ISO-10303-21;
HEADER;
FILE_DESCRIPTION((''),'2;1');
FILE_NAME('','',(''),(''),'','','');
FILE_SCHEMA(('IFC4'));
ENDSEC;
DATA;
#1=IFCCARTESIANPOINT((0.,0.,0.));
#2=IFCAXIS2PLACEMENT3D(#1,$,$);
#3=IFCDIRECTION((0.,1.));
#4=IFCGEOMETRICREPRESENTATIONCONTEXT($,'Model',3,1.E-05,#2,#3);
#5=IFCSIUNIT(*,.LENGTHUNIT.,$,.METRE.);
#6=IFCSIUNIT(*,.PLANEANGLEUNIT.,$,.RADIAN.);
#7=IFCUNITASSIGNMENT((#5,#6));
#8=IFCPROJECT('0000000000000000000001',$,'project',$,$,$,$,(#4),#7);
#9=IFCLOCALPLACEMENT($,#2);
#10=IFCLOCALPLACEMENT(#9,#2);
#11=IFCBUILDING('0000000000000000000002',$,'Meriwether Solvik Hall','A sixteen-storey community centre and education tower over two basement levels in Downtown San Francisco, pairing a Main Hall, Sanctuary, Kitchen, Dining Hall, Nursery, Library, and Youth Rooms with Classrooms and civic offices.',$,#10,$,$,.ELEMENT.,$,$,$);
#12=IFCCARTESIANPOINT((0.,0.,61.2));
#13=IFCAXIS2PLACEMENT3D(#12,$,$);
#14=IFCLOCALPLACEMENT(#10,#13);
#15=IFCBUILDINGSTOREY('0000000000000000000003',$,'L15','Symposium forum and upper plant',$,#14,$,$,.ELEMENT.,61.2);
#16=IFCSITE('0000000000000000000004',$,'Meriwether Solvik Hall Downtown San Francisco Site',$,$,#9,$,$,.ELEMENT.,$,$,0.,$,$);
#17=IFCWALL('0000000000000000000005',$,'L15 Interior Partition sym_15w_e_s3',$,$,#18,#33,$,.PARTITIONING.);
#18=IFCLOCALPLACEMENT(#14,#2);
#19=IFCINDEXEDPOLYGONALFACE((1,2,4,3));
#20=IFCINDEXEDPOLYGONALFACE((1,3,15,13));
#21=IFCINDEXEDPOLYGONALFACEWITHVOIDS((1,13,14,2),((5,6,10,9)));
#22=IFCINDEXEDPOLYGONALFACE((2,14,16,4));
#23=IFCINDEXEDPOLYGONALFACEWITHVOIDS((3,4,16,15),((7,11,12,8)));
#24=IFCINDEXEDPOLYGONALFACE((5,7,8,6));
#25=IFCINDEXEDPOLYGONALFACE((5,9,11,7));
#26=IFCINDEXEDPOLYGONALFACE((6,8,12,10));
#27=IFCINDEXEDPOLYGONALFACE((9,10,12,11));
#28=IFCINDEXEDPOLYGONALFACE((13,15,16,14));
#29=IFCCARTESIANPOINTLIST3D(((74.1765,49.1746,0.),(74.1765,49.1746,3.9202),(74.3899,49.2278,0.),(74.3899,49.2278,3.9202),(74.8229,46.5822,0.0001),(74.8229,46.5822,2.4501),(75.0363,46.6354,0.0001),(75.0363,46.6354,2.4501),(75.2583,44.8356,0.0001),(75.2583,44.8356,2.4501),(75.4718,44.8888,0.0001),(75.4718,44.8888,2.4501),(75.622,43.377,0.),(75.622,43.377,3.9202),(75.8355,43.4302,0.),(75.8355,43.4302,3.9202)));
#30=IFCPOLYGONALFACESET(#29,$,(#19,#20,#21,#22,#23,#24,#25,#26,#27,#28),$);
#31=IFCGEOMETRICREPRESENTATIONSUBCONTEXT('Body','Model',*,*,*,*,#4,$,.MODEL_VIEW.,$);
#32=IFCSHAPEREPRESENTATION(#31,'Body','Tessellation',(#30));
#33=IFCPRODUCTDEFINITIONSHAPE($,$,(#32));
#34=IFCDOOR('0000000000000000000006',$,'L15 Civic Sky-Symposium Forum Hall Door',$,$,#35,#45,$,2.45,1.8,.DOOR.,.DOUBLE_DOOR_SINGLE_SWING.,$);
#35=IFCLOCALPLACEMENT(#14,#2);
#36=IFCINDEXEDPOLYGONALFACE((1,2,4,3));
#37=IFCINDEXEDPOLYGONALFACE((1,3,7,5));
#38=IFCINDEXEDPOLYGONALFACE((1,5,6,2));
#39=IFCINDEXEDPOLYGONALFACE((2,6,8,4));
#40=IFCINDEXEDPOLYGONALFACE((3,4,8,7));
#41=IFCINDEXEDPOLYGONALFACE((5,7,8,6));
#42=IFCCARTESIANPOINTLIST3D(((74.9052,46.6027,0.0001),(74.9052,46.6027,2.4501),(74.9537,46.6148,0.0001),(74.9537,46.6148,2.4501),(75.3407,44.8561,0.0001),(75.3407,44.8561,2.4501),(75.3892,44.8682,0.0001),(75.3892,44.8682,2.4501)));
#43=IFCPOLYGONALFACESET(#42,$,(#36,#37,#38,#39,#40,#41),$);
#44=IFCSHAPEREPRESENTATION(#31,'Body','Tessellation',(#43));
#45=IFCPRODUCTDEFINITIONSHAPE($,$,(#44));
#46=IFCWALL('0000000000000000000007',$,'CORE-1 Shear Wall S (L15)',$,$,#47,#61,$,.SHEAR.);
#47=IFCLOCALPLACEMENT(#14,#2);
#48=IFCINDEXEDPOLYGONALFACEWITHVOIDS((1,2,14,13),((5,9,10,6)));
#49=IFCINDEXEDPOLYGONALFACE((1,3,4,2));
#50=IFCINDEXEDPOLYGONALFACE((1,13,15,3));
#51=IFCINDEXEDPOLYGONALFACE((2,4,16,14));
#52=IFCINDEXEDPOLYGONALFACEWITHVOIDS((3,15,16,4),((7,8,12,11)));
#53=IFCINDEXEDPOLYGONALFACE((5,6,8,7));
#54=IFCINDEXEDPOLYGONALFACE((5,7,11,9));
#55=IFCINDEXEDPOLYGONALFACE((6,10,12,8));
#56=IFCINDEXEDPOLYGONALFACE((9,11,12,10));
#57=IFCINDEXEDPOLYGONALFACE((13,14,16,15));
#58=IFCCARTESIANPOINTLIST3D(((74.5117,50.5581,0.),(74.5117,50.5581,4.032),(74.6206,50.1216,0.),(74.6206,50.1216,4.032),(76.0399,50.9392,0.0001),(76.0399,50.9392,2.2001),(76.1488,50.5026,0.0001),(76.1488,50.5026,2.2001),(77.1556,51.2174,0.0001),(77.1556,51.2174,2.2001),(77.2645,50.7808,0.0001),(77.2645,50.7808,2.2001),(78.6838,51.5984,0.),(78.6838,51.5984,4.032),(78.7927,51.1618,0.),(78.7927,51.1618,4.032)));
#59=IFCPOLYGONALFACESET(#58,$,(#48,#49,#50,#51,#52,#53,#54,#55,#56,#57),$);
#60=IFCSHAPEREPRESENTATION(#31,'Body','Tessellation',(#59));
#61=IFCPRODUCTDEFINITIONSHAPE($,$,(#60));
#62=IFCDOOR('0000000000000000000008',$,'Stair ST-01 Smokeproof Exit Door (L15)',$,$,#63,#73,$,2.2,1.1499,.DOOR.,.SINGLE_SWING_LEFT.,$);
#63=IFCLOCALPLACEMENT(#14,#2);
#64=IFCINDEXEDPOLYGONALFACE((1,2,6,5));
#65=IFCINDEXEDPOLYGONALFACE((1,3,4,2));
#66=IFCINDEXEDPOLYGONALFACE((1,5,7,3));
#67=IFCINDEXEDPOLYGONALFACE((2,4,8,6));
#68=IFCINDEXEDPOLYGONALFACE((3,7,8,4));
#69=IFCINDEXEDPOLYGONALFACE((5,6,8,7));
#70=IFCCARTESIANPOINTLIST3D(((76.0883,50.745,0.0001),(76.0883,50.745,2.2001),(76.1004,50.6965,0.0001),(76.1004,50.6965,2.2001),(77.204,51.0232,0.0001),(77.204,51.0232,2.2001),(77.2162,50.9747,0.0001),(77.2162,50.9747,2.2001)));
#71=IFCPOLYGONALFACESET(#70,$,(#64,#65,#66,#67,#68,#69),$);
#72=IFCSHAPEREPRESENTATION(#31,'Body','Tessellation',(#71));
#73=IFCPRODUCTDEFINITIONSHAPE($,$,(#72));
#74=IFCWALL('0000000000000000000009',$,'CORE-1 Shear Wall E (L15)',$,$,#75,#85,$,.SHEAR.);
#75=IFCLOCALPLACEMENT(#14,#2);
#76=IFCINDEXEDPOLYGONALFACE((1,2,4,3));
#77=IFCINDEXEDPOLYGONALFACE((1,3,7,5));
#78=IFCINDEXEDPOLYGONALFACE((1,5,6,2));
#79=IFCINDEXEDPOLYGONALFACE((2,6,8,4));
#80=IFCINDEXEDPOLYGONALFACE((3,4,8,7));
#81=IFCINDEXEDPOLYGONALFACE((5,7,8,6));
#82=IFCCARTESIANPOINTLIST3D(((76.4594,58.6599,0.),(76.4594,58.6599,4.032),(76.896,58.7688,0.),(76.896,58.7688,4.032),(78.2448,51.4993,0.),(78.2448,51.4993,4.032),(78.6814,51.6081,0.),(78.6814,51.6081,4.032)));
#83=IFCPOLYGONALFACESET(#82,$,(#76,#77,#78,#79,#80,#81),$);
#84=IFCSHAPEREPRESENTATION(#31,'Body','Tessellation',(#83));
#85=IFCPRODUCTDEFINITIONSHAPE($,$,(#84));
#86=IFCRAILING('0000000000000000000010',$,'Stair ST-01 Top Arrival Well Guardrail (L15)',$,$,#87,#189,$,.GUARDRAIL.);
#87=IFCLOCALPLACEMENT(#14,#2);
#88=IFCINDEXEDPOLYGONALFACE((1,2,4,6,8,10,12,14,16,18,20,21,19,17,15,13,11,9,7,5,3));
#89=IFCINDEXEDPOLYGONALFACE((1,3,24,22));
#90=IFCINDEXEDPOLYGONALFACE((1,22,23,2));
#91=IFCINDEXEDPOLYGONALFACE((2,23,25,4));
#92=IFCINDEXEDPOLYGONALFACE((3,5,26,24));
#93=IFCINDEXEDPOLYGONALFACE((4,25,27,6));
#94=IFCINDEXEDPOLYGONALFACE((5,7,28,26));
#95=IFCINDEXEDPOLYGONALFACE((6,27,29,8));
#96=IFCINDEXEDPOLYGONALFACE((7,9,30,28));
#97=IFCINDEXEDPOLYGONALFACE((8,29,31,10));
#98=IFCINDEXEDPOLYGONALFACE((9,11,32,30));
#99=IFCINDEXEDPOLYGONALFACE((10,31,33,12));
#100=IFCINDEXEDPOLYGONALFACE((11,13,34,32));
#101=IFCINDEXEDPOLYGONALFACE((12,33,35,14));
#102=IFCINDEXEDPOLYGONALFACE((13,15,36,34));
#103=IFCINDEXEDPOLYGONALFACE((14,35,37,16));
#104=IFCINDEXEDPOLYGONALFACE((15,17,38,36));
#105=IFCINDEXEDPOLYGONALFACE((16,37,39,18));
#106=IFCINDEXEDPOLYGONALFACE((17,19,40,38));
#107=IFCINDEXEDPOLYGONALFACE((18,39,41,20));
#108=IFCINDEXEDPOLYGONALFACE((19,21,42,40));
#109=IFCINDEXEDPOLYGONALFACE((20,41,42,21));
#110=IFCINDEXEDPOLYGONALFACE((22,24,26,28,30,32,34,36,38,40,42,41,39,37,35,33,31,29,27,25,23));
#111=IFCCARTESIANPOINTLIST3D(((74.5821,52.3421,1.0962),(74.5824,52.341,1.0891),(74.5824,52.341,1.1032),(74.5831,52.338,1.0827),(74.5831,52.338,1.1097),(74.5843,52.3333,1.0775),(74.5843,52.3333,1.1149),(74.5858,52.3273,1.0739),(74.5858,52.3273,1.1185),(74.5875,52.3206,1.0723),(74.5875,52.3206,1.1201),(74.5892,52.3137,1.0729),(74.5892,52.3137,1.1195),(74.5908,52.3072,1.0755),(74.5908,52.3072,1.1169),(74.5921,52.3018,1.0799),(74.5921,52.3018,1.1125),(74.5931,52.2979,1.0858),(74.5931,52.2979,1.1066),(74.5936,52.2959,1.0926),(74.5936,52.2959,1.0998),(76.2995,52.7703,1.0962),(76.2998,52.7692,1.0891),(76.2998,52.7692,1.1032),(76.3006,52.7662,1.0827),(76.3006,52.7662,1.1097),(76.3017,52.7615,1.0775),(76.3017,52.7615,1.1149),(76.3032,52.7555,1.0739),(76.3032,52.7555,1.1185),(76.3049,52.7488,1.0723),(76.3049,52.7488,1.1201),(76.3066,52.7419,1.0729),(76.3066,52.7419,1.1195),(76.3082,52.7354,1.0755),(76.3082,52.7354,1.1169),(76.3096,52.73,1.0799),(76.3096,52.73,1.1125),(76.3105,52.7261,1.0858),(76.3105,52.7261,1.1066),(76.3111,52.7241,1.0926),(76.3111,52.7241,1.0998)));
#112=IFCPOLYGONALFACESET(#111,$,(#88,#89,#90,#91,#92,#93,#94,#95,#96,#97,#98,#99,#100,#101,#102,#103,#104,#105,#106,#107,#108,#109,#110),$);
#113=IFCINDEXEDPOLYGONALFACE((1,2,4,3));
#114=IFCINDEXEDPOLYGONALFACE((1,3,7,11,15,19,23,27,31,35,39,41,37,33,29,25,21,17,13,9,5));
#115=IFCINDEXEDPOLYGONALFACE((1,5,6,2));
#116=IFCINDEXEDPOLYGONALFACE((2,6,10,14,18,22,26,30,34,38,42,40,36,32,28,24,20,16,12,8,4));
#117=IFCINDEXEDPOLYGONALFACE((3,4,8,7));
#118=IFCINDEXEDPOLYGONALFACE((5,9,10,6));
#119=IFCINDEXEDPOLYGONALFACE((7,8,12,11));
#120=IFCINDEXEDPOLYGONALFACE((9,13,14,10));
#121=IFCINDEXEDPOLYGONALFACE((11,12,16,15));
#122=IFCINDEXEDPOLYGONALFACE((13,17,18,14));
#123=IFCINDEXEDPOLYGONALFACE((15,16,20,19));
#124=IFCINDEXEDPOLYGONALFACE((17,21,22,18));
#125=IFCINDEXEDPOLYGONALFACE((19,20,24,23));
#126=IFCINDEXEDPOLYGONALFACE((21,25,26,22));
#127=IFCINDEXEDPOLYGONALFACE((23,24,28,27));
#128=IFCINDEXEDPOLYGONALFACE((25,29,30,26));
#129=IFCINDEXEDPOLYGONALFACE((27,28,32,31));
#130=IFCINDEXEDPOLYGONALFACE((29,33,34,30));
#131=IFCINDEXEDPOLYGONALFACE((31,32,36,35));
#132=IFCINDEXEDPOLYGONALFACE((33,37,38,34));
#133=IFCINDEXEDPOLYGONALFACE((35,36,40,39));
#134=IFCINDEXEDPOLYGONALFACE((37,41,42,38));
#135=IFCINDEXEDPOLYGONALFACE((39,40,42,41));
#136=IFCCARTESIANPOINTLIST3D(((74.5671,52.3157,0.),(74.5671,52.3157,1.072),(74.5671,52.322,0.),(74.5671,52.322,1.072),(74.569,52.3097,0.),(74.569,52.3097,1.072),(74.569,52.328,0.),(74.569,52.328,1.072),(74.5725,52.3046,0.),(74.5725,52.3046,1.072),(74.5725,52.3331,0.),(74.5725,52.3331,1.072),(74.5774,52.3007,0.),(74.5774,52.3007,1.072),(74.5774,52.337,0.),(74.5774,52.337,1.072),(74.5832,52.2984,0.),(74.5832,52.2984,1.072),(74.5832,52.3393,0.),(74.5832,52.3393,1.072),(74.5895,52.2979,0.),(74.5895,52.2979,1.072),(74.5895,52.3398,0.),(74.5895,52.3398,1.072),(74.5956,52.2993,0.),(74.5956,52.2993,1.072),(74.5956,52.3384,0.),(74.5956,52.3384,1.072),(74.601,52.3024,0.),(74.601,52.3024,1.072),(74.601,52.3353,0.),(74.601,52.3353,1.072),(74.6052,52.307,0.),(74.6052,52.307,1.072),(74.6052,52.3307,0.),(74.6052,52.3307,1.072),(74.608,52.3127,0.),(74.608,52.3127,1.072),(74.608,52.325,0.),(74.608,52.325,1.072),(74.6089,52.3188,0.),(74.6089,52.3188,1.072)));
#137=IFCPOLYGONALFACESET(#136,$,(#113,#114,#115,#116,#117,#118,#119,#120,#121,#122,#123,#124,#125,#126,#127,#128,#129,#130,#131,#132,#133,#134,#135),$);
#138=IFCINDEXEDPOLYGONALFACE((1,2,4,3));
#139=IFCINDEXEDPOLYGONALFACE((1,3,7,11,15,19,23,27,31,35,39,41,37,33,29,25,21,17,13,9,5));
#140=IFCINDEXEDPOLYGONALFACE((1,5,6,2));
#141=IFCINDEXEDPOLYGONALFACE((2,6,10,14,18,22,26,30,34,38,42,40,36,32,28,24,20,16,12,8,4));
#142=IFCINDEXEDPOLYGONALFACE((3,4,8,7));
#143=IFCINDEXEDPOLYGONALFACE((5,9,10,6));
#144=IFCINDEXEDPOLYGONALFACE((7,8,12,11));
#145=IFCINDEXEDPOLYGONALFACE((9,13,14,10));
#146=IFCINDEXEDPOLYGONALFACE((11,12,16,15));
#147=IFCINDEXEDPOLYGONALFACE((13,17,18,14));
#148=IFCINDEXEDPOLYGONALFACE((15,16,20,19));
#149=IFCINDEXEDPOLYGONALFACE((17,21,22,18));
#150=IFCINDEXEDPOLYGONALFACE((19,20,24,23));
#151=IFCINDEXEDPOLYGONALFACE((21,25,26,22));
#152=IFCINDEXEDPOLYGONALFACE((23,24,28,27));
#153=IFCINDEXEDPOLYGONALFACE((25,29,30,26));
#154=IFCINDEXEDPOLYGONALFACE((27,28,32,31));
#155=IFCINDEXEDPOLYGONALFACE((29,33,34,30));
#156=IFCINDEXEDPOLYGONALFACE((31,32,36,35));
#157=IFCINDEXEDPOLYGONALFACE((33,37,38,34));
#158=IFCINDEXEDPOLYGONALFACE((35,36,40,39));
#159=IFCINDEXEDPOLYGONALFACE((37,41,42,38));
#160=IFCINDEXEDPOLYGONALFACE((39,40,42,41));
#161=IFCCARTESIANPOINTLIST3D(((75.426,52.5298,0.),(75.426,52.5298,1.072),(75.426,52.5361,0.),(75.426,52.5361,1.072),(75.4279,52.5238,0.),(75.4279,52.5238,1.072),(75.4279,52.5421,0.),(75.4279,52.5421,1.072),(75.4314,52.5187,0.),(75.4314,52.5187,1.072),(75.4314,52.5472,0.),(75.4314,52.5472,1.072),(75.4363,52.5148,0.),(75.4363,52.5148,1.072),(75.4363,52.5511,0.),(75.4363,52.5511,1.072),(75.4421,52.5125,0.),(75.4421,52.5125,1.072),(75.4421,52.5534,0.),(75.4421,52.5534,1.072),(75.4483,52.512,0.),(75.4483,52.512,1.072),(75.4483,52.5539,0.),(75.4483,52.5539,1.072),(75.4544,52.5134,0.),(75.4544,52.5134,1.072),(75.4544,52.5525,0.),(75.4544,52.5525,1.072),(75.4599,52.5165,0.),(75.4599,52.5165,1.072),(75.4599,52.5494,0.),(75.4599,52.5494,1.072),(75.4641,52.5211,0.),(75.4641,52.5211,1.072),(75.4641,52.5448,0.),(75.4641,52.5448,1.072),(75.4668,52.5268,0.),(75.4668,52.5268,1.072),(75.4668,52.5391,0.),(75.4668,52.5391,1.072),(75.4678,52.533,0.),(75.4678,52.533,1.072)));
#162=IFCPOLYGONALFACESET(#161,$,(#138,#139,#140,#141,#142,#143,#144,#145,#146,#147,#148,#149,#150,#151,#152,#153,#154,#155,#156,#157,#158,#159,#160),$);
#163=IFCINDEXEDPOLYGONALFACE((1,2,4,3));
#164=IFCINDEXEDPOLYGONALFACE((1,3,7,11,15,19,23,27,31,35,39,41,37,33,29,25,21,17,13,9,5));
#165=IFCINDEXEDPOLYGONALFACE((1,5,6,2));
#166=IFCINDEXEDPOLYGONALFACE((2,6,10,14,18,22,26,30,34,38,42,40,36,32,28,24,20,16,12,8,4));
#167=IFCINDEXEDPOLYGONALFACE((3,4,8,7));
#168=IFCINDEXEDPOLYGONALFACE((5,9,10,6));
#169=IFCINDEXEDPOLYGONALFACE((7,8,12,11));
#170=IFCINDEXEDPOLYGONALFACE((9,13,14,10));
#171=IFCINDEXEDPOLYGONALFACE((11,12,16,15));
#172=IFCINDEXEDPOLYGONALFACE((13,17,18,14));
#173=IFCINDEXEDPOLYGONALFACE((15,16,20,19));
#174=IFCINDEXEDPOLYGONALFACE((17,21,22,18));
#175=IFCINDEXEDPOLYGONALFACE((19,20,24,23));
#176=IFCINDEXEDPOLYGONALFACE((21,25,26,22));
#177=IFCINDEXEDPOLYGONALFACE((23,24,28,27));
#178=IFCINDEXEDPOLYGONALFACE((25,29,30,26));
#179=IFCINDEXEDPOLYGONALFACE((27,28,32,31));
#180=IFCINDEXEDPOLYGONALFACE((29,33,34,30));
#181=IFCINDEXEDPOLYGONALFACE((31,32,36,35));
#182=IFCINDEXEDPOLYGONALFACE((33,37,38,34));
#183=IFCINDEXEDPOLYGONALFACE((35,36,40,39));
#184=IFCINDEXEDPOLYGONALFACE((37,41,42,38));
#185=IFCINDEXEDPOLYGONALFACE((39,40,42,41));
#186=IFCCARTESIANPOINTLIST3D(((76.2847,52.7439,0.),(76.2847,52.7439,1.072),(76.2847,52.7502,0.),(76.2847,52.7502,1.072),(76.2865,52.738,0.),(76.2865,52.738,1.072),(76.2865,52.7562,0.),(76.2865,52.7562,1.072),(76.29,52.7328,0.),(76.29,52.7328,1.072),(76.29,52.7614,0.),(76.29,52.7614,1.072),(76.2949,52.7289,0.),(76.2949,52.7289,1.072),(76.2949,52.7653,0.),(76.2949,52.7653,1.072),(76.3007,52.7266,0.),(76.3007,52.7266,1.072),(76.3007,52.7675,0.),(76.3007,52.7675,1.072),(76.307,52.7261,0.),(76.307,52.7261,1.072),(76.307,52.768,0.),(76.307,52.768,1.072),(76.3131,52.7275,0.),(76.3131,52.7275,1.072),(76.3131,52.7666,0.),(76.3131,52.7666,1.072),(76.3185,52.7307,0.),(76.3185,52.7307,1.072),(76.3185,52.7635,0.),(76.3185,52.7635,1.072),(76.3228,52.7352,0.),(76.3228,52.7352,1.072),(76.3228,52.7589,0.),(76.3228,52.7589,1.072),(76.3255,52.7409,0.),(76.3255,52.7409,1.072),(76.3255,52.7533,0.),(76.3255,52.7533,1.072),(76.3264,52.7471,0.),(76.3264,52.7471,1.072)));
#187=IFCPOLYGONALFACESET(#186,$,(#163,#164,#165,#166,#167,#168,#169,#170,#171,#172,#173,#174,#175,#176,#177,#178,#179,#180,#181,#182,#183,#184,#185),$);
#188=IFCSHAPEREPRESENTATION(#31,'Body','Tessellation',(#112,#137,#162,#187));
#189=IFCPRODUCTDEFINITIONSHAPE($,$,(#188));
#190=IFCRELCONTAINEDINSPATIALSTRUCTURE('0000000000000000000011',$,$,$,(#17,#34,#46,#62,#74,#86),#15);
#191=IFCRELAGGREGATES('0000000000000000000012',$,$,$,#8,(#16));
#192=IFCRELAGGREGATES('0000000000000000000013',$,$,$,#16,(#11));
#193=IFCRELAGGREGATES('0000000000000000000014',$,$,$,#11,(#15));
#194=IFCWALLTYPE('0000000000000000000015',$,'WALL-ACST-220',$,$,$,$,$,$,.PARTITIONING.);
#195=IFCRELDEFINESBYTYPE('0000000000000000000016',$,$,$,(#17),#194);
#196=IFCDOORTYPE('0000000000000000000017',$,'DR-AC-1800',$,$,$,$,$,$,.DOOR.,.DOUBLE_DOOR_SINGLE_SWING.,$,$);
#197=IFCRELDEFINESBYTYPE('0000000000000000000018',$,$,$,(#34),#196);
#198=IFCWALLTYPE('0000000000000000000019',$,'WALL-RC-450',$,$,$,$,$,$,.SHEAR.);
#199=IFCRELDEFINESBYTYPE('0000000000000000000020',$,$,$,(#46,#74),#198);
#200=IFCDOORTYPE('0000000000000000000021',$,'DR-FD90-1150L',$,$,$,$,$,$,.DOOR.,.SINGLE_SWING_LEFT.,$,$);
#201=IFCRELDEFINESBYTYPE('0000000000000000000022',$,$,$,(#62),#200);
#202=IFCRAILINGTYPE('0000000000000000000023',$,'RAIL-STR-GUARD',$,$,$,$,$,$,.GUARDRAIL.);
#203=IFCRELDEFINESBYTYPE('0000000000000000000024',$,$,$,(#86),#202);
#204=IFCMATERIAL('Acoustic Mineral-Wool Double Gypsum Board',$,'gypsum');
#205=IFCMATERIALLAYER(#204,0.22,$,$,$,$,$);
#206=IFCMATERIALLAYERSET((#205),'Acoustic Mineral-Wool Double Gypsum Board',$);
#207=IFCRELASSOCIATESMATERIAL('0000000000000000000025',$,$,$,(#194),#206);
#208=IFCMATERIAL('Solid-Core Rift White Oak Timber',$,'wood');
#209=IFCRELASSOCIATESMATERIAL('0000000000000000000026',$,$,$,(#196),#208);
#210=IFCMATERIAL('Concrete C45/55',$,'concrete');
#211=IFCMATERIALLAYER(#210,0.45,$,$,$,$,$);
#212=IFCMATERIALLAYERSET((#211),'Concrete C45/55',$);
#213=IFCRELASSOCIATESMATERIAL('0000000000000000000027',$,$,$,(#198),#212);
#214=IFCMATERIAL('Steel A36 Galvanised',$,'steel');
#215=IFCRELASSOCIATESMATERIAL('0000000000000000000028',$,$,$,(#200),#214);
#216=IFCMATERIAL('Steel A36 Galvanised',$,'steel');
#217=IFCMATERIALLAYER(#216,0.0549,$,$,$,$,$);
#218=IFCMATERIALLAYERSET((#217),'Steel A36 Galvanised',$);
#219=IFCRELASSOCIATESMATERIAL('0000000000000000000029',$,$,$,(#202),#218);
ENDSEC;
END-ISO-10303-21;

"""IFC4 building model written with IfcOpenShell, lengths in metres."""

from ifc_helpers import new_model, si_unit, direction, frame, frame_2d, origin, origin_2d, place, context, subcontext, project, spatial, rectangle, circle, extrude, material, layer, layer_set, type_object, element, fill, save


model = new_model("IFC4")

# Units and contexts
model_context = context("Model", 3, precision=1e-05, world=origin(), true_north=direction((0.0, 1.0)))
body_context = subcontext(model_context, "Body", "Model", "MODEL_VIEW")
ifc_project = project(units=[si_unit("LENGTHUNIT", "METRE"), si_unit("PLANEANGLEUNIT", "RADIAN")], contexts=[model_context])

# Site, building, storey
site_placement = place(None, origin())
site = spatial("IfcSite", under=ifc_project, at=site_placement, Name="Meriwether Solvik Hall Downtown San Francisco Site", CompositionType="ELEMENT", RefElevation=0.0)
building_placement = place(site_placement, origin())
building = spatial("IfcBuilding", under=site, at=building_placement, Name="Meriwether Solvik Hall", Description="A sixteen-storey community centre and education tower over two basement levels in Downtown San Francisco, pairing a Main Hall, Sanctuary, Kitchen, Dining Hall, Nursery, Library, and Youth Rooms with Classrooms and civic offices.", CompositionType="ELEMENT")
storey_placement = place(building_placement, frame((0.0, 0.0, 61.2)))
storey = spatial("IfcBuildingStorey", under=building, at=storey_placement, Name="L15", Description="Symposium forum and upper plant", CompositionType="ELEMENT", Elevation=61.2)

# Walls, openings, doors
ifc_material_1 = material(Name="Acoustic Mineral-Wool Double Gypsum Board", Category="gypsum")
ifc_layer_1 = layer(ifc_material_1, 0.22)
ifc_layer_set_1 = layer_set([ifc_layer_1], Name="Acoustic Mineral-Wool Double Gypsum Board")
wall_type_1 = type_object("IfcWallType", Name="WALL-ACST-220", PredefinedType="PARTITIONING", material=ifc_layer_set_1)
wall_1_placement = place(storey_placement, frame((74.2832, 49.2012, 0.0), z_axis=(0.0, 0.0, 1.0), x_axis=(0.24193, -0.970294, 0.0)))
wall_1 = element("IfcWall", 1, at=wall_1_placement, inside=storey, type_object=wall_type_1, Name="L15 Interior Partition sym_15w_e_s3", PredefinedType="PARTITIONING", context=body_context, shape_type="SweptSolid", body=[
    extrude(rectangle(XDim=5.9751, YDim=0.22, at=frame_2d((2.9875, 0.0))), origin(), (0.0, 0.0, 1.0), 3.9202),
])
opening_1_placement = place(wall_1_placement, frame((2.6719, 0.0, 0.0)))
opening_1 = element("IfcOpeningElement", 2, at=opening_1_placement, cuts=wall_1, PredefinedType="OPENING", context=body_context, shape_type="SweptSolid", body=[
    extrude(rectangle(XDim=1.8, YDim=2.45, at=frame_2d((0.8999, 1.2251))), frame((0.0, 0.1221, 0.0), z_axis=(0.0, -1.0, 0.0), x_axis=(1.0, 0.0, 0.0)), (0.0, 0.0, 1.0), 0.2439),
])
ifc_material_2 = material(Name="Solid-Core Rift White Oak Timber", Category="wood")
door_type_1 = type_object("IfcDoorType", Name="DR-AC-1800", OperationType="DOUBLE_DOOR_SINGLE_SWING", PredefinedType="DOOR", material=ifc_material_2)
door_1_placement = place(opening_1_placement, origin())
door_1 = element("IfcDoor", 3, at=door_1_placement, inside=storey, type_object=door_type_1, Name="L15 Civic Sky-Symposium Forum Hall Door", OperationType="DOUBLE_DOOR_SINGLE_SWING", OverallHeight=2.45, OverallWidth=1.8, PredefinedType="DOOR", context=body_context, shape_type="SweptSolid", body=[
    extrude(rectangle(XDim=1.8, YDim=2.45, at=frame_2d((0.8999, 1.2251))), frame((0.0, 0.0249, 0.0), z_axis=(0.0, -1.0, 0.0), x_axis=(1.0, 0.0, 0.0)), (0.0, 0.0, 1.0), 0.05),
])
fill(opening_1, door_1)
ifc_material_3 = material(Name="Concrete C45/55", Category="concrete")
ifc_layer_2 = layer(ifc_material_3, 0.45)
ifc_layer_set_2 = layer_set([ifc_layer_2], Name="Concrete C45/55")
wall_type_2 = type_object("IfcWallType", Name="WALL-RC-450", PredefinedType="SHEAR", material=ifc_layer_set_2)
wall_2_placement = place(storey_placement, frame((74.5662, 50.3398, 0.0), z_axis=(0.0, 0.0, 1.0), x_axis=(0.970293, 0.241934, 0.0)))
wall_2 = element("IfcWall", 4, at=wall_2_placement, inside=storey, type_object=wall_type_2, Name="CORE-1 Shear Wall S (L15)", PredefinedType="SHEAR", context=body_context, shape_type="SweptSolid", body=[
    extrude(rectangle(XDim=4.2998, YDim=0.45, at=frame_2d((2.1499, 0.0))), origin(), (0.0, 0.0, 1.0), 4.032),
])
opening_2_placement = place(wall_2_placement, frame((1.575, 0.0, 0.0)))
opening_2 = element("IfcOpeningElement", 5, at=opening_2_placement, cuts=wall_2, PredefinedType="OPENING", context=body_context, shape_type="SweptSolid", body=[
    extrude(rectangle(XDim=1.1499, YDim=2.2, at=frame_2d((0.575, 1.1001))), frame((0.0, 0.2368, 0.0), z_axis=(0.0, -1.0, 0.0), x_axis=(1.0, 0.0, 0.0)), (0.0, 0.0, 1.0), 0.4739),
])
ifc_material_4 = material(Name="Steel A36 Galvanised", Category="steel")
door_type_2 = type_object("IfcDoorType", Name="DR-FD90-1150L", OperationType="SINGLE_SWING_LEFT", PredefinedType="DOOR", material=ifc_material_4)
door_2_placement = place(opening_2_placement, origin())
door_2 = element("IfcDoor", 6, at=door_2_placement, inside=storey, type_object=door_type_2, Name="Stair ST-01 Smokeproof Exit Door (L15)", OperationType="SINGLE_SWING_LEFT", OverallHeight=2.2, OverallWidth=1.1499, PredefinedType="DOOR", context=body_context, shape_type="SweptSolid", body=[
    extrude(rectangle(XDim=1.1499, YDim=2.2, at=frame_2d((0.575, 1.1001))), frame((0.0, 0.0249, 0.0), z_axis=(0.0, -1.0, 0.0), x_axis=(1.0, 0.0, 0.0)), (0.0, 0.0, 1.0), 0.05),
])
fill(opening_2, door_2)

# Wall
wall_3_placement = place(storey_placement, frame((78.4631, 51.5537, 0.0), z_axis=(0.0, 0.0, 1.0), x_axis=(-0.241928, 0.970294, 0.0)))
element("IfcWall", 7, at=wall_3_placement, inside=storey, type_object=wall_type_2, Name="CORE-1 Shear Wall E (L15)", PredefinedType="SHEAR", context=body_context, shape_type="SweptSolid", body=[
    extrude(rectangle(XDim=7.3799, YDim=0.45, at=frame_2d((3.6899, 0.0))), origin(), (0.0, 0.0, 1.0), 4.032),
])

# Railing
ifc_material_5 = material(Name="Steel A36 Galvanised", Category="steel")
ifc_layer_3 = layer(ifc_material_5, 0.0549)
ifc_layer_set_3 = layer_set([ifc_layer_3], Name="Steel A36 Galvanised")
railing_type = type_object("IfcRailingType", Name="RAIL-STR-GUARD", PredefinedType="GUARDRAIL", material=ifc_layer_set_3)
railing_placement = place(storey_placement, frame((74.5879, 52.3188, 0.0)))
element("IfcRailing", 8, at=railing_placement, inside=storey, type_object=railing_type, Name="Stair ST-01 Top Arrival Well Guardrail (L15)", PredefinedType="GUARDRAIL", context=body_context, shape_type="SweptSolid", body=[
    extrude(circle(Radius=0.0239, at=origin_2d()), frame((0.0, 0.0, 1.0962), z_axis=(0.970296, 0.241919, 0.0), x_axis=(-0.241919, 0.970296, 0.0)), (0.0, 0.0, 1.0), 1.77),
    extrude(circle(Radius=0.021, at=origin_2d()), origin(), (0.0, 0.0, 1.0), 1.072),
    extrude(circle(Radius=0.021, at=origin_2d()), frame((0.8589, 0.2141, 0.0)), (0.0, 0.0, 1.0), 1.072),
    extrude(circle(Radius=0.021, at=origin_2d()), frame((1.7175, 0.4282, 0.0)), (0.0, 0.0, 1.0), 1.072),
])

save(model, "model.ifc")
